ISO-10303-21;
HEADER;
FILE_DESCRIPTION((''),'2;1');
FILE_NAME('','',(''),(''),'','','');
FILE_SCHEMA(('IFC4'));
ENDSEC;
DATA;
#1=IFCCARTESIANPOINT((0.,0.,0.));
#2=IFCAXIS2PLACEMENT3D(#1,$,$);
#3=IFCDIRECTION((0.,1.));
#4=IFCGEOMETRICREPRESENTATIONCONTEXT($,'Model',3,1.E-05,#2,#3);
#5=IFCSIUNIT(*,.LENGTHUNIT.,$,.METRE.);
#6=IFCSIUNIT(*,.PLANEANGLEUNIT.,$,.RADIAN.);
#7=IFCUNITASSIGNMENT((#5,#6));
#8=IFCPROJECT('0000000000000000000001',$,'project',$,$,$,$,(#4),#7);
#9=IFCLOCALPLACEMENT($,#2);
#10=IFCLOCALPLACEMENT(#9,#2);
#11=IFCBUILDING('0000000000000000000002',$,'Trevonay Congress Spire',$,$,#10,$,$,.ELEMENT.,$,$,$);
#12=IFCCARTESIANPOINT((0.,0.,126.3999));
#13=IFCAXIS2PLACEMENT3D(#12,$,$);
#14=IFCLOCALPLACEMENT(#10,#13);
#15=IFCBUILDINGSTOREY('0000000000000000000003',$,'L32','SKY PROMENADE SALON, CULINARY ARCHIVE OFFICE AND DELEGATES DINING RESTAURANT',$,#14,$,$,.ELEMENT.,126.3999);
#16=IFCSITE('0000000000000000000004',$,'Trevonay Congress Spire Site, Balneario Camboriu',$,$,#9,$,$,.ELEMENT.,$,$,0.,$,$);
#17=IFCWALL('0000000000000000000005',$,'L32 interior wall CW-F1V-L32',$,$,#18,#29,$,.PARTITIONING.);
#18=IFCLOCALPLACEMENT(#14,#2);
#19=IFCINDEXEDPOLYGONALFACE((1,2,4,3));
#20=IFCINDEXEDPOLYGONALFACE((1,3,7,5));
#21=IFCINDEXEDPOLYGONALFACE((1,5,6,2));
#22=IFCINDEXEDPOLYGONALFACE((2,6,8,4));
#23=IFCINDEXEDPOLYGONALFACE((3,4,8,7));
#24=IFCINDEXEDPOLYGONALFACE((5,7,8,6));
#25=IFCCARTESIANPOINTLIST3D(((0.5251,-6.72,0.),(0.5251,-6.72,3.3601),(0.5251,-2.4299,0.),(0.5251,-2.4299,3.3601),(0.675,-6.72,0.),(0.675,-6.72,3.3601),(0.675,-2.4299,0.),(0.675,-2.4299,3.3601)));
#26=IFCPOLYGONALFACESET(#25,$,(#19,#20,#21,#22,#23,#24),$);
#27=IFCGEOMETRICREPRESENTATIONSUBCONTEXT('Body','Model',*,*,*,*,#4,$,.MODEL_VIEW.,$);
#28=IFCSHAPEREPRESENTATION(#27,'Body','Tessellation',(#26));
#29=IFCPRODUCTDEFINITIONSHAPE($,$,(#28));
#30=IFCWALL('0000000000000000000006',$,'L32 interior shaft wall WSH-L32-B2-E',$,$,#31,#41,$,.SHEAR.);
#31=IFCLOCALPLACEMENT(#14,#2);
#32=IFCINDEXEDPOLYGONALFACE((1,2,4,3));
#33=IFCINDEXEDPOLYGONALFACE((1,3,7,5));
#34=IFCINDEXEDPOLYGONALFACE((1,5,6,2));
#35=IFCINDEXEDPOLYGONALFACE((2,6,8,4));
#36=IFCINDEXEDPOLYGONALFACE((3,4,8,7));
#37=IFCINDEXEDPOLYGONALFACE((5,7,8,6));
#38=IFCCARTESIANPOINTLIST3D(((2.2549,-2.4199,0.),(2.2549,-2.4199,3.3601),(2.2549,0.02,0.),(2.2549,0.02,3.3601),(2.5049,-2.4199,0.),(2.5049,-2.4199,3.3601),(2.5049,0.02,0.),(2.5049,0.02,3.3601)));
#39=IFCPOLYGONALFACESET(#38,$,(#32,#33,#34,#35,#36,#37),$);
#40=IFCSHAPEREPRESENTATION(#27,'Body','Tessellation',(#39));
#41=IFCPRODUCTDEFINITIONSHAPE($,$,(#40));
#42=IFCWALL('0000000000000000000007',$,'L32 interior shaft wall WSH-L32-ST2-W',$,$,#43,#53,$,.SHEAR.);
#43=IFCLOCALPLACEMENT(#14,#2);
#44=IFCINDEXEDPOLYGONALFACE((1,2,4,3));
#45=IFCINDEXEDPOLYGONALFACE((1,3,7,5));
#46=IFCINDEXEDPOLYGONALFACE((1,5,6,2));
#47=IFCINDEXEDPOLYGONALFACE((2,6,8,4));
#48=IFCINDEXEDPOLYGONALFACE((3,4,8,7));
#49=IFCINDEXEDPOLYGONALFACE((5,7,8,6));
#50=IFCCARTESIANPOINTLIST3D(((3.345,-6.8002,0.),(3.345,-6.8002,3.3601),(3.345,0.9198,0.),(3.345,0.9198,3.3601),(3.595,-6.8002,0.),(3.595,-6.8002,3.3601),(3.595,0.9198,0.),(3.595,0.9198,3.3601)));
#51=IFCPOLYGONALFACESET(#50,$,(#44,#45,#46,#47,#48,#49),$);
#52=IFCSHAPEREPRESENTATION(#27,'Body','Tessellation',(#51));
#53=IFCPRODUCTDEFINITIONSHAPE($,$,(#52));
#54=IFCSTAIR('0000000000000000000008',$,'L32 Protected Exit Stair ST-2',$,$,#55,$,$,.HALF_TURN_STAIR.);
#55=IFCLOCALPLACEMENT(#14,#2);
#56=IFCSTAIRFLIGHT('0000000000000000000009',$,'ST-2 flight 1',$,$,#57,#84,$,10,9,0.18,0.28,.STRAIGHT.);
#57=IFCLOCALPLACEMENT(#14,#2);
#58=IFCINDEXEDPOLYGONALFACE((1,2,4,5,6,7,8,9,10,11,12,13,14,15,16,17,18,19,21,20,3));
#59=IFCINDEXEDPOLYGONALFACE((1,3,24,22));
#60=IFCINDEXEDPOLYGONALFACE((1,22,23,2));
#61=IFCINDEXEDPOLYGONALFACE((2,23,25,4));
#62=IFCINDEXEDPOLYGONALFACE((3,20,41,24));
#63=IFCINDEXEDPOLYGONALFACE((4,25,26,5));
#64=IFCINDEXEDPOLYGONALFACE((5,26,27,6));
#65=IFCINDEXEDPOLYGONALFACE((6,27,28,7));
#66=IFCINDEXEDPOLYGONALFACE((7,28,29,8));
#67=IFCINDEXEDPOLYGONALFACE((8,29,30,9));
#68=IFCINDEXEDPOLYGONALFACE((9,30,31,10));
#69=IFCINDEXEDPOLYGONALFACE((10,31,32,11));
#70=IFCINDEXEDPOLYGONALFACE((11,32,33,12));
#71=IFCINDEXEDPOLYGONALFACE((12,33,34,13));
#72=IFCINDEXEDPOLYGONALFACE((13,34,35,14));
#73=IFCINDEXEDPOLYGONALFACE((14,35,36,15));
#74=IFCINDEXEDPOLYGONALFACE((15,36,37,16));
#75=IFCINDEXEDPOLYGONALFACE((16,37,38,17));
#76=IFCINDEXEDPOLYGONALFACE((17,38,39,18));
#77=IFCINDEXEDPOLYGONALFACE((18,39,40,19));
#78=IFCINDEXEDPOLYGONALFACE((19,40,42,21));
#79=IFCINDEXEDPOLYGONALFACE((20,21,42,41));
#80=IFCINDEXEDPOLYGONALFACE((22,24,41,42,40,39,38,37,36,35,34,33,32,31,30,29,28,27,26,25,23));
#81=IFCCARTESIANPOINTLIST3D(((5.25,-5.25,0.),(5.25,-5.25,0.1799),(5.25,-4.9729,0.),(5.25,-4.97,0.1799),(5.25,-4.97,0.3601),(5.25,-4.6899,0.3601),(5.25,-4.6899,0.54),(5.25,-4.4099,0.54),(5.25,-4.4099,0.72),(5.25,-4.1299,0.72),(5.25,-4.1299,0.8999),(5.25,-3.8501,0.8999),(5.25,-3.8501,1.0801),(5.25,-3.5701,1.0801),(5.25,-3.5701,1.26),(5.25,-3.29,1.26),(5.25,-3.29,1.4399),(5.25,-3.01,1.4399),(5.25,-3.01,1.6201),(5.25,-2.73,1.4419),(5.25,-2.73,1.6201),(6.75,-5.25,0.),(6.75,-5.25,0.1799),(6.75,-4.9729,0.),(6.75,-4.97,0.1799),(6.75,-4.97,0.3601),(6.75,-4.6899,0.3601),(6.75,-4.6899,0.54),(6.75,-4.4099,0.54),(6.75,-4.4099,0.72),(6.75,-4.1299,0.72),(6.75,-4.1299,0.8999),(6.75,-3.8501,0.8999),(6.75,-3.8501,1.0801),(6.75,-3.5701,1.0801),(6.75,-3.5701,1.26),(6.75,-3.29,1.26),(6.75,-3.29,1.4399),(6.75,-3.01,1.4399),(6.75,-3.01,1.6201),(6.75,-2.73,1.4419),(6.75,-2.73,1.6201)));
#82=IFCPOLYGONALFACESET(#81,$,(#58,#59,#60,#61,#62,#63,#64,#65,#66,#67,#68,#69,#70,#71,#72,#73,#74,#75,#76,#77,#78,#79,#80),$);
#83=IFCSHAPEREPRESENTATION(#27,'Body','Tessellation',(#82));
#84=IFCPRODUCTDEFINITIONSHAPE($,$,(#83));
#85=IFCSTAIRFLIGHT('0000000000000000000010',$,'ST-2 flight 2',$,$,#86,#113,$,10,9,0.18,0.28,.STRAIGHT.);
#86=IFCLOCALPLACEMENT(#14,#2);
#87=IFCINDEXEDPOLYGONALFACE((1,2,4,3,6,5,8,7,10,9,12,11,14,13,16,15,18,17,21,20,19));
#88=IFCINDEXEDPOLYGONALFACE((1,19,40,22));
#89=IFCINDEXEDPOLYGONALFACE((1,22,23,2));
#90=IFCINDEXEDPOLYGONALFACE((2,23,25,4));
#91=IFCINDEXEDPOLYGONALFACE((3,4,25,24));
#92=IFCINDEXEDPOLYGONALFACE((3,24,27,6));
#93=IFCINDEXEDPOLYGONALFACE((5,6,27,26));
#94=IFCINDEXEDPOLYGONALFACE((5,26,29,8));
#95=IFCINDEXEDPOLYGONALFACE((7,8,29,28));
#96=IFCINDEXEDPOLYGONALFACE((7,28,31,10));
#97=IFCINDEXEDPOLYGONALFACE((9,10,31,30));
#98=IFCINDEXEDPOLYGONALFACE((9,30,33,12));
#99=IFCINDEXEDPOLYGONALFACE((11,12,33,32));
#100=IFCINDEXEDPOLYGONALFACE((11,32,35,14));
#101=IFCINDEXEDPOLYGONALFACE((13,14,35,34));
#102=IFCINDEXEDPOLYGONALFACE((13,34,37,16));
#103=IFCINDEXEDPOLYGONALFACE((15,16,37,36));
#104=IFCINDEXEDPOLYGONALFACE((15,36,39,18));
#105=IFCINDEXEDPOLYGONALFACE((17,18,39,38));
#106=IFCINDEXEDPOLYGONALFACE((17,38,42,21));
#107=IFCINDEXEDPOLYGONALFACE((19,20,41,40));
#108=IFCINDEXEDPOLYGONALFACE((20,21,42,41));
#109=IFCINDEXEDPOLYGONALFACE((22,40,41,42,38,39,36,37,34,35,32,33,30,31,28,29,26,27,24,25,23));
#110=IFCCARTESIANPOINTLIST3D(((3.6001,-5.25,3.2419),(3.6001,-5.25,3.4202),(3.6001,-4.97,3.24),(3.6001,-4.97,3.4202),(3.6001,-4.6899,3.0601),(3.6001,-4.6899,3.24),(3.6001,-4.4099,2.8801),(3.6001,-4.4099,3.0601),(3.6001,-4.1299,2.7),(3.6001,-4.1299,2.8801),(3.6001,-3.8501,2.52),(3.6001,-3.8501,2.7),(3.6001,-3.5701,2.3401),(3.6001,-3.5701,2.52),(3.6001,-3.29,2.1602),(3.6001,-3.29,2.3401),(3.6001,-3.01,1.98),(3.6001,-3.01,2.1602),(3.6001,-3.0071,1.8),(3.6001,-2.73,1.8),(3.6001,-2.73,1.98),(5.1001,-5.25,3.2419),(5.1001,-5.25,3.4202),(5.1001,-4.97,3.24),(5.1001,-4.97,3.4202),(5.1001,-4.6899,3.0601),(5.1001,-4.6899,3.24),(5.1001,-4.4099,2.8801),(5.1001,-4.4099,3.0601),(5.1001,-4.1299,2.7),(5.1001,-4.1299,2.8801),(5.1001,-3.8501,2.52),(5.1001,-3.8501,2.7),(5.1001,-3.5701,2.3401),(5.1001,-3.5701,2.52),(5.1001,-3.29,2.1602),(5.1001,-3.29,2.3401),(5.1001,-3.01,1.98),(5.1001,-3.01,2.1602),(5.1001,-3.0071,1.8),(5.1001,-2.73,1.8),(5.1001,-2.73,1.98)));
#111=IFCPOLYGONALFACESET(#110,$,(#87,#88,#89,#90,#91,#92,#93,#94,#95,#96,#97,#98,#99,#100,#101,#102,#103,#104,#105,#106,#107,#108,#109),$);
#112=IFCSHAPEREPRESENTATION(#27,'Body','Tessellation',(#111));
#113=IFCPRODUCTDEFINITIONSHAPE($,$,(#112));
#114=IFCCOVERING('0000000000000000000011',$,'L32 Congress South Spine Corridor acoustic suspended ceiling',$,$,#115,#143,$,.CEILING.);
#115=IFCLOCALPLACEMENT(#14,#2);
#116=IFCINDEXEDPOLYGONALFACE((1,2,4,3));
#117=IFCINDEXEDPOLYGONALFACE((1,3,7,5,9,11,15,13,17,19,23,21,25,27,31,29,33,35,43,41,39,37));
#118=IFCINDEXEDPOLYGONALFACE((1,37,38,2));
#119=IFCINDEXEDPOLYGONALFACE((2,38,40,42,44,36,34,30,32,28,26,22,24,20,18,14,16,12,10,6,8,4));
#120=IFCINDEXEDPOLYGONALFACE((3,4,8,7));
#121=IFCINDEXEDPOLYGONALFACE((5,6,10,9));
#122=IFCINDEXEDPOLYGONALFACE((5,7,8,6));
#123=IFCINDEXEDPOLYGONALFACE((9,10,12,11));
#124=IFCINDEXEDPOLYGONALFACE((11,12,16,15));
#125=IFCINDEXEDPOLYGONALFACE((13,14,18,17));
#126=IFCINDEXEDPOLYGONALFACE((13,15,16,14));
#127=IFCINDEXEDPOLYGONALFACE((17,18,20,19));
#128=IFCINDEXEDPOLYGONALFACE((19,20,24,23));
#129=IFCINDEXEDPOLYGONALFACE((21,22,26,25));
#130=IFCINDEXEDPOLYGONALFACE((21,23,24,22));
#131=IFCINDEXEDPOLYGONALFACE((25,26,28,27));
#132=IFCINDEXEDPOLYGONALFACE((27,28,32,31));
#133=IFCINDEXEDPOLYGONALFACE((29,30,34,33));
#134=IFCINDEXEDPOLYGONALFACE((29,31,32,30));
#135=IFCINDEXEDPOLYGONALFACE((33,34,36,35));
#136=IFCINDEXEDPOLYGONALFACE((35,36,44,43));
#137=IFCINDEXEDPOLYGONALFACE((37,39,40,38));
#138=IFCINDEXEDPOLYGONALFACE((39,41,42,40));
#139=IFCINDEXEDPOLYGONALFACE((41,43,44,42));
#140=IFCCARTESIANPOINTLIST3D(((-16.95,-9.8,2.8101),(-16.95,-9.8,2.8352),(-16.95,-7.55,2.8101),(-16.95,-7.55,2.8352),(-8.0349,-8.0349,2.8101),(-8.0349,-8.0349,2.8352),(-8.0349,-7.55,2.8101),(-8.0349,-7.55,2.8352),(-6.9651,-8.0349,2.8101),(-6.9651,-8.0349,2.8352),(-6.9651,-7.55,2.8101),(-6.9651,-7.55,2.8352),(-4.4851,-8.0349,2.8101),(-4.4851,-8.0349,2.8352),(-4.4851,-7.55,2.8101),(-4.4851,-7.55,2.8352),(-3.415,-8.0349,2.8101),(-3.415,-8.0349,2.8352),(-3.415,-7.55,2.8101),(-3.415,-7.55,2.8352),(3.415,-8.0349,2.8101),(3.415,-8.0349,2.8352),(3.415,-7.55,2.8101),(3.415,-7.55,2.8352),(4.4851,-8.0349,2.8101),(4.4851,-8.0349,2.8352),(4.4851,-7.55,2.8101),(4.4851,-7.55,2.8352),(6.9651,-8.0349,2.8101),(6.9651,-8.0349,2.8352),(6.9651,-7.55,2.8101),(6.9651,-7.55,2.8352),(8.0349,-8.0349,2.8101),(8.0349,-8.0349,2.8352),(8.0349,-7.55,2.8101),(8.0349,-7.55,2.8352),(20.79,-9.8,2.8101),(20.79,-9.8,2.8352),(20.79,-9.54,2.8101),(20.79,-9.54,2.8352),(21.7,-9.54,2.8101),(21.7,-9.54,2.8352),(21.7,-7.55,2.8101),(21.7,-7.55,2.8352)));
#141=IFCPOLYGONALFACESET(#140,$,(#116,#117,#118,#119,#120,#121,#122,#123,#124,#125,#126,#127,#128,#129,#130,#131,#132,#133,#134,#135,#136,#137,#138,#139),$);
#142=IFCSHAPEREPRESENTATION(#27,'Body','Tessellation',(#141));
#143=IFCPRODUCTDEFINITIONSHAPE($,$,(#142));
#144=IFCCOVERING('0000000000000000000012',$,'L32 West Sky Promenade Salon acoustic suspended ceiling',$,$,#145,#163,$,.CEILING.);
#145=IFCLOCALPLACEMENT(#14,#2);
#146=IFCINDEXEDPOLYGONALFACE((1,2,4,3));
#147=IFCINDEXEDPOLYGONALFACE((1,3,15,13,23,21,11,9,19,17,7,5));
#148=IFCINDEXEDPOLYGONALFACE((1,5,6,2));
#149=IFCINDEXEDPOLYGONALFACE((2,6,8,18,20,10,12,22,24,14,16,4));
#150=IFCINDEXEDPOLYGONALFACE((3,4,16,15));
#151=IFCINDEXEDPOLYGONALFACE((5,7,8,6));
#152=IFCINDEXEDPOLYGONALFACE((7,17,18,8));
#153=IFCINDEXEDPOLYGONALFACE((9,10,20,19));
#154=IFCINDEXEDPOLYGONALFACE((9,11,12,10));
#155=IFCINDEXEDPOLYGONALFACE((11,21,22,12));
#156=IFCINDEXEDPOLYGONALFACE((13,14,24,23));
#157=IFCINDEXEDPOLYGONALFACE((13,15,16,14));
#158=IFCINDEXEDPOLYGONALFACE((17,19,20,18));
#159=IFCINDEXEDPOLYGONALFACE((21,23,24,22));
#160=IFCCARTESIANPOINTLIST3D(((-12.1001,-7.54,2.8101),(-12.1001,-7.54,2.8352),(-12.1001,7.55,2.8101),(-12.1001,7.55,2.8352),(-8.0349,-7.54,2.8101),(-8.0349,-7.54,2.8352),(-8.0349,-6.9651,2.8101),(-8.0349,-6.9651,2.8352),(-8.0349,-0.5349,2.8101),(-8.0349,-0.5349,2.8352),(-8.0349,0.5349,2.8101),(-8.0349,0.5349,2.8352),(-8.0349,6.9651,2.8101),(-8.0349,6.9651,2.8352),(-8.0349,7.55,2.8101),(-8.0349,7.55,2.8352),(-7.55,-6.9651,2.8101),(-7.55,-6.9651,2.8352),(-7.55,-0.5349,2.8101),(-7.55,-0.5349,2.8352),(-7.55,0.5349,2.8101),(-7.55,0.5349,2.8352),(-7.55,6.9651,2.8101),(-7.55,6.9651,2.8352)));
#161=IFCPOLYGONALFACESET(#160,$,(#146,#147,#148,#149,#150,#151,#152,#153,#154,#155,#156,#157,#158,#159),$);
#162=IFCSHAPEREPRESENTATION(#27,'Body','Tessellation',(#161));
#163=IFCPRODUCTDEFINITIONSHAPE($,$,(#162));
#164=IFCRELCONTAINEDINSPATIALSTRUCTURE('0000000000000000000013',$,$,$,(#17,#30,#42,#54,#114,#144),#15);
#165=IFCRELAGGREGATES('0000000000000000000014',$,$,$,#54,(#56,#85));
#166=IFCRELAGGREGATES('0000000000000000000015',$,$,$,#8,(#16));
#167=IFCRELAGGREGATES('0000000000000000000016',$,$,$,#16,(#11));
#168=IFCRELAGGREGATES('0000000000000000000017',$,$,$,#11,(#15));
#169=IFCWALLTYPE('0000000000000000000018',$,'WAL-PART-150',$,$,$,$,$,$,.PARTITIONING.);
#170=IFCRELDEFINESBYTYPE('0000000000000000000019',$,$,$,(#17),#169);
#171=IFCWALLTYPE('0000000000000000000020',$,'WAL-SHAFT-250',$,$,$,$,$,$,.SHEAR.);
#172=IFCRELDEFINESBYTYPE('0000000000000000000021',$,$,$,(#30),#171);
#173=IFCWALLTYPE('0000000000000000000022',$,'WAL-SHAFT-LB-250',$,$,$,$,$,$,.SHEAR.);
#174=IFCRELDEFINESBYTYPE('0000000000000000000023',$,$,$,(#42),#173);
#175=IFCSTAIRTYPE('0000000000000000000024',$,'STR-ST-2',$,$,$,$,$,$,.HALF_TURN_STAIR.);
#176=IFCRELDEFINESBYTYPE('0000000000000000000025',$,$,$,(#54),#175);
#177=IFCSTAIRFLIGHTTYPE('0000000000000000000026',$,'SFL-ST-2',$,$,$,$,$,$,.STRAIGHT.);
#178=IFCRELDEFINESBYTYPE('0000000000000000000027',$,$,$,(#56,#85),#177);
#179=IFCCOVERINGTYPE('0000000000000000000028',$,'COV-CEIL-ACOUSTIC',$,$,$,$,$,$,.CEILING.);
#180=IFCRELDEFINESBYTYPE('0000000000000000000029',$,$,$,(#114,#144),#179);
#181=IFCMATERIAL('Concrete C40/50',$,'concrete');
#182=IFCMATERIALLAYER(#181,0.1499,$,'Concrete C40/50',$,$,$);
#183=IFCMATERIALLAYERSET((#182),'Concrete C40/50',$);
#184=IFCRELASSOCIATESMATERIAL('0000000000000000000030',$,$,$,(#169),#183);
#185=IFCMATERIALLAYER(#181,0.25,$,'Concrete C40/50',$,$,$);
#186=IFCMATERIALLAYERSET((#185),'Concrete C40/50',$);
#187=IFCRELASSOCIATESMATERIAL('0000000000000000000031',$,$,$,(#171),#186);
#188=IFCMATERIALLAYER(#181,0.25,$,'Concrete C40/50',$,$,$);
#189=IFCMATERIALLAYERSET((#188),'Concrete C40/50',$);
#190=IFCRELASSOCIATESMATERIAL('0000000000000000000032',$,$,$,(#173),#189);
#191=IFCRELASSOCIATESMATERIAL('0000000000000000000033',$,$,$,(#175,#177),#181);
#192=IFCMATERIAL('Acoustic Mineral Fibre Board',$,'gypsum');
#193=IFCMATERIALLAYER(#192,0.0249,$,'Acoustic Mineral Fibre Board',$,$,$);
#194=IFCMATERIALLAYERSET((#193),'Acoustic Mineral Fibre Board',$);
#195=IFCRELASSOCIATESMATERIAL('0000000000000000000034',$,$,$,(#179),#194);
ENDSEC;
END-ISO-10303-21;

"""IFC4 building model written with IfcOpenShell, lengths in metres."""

from ifc_helpers import new_model, si_unit, direction, frame, frame_2d, origin, place, context, subcontext, project, spatial, polyline, rectangle, outline, extrude, material, layer, layer_set, type_object, element, aggregate, save


model = new_model("IFC4")

# Units and contexts
model_context = context("Model", 3, precision=1e-05, world=origin(), true_north=direction((0.0, 1.0)))
body_context = subcontext(model_context, "Body", "Model", "MODEL_VIEW")
ifc_project = project(units=[si_unit("LENGTHUNIT", "METRE"), si_unit("PLANEANGLEUNIT", "RADIAN")], contexts=[model_context])

# Site, building, storey
site_placement = place(None, origin())
site = spatial("IfcSite", under=ifc_project, at=site_placement, Name="Trevonay Congress Spire Site, Balneario Camboriu", CompositionType="ELEMENT", RefElevation=0.0)
building_placement = place(site_placement, origin())
building = spatial("IfcBuilding", under=site, at=building_placement, Name="Trevonay Congress Spire", CompositionType="ELEMENT")
storey_placement = place(building_placement, frame((0.0, 0.0, 126.3999)))
storey = spatial("IfcBuildingStorey", under=building, at=storey_placement, Name="L32", Description="SKY PROMENADE SALON, CULINARY ARCHIVE OFFICE AND DELEGATES DINING RESTAURANT", CompositionType="ELEMENT", Elevation=126.3999)

# Shared definitions
ifc_material_1 = material(Name="Concrete C40/50", Category="concrete")

# Walls
ifc_layer_1 = layer(ifc_material_1, 0.1499, Name="Concrete C40/50")
ifc_layer_set_1 = layer_set([ifc_layer_1], Name="Concrete C40/50")
wall_type_1 = type_object("IfcWallType", Name="WAL-PART-150", PredefinedType="PARTITIONING", material=ifc_layer_set_1)
wall_1_placement = place(storey_placement, frame((0.6001, -6.72, 0.0), z_axis=(0.0, 0.0, 1.0), x_axis=(0.0, 1.0, 0.0)))
element("IfcWall", 1, at=wall_1_placement, inside=storey, type_object=wall_type_1, Name="L32 interior wall CW-F1V-L32", PredefinedType="PARTITIONING", context=body_context, shape_type="SweptSolid", body=[
    extrude(rectangle(XDim=4.29, YDim=0.1499, at=frame_2d((2.145, 0.0))), origin(), (0.0, 0.0, 1.0), 3.3601),
])
ifc_layer_2 = layer(ifc_material_1, 0.25, Name="Concrete C40/50")
ifc_layer_set_2 = layer_set([ifc_layer_2], Name="Concrete C40/50")
wall_type_2 = type_object("IfcWallType", Name="WAL-SHAFT-250", PredefinedType="SHEAR", material=ifc_layer_set_2)
wall_2_placement = place(storey_placement, frame((2.3799, -2.4199, 0.0), z_axis=(0.0, 0.0, 1.0), x_axis=(0.0, 1.0, 0.0)))
element("IfcWall", 2, at=wall_2_placement, inside=storey, type_object=wall_type_2, Name="L32 interior shaft wall WSH-L32-B2-E", PredefinedType="SHEAR", context=body_context, shape_type="SweptSolid", body=[
    extrude(rectangle(XDim=2.4399, YDim=0.25, at=frame_2d((1.22, 0.0))), origin(), (0.0, 0.0, 1.0), 3.3601),
])
ifc_layer_3 = layer(ifc_material_1, 0.25, Name="Concrete C40/50")
ifc_layer_set_3 = layer_set([ifc_layer_3], Name="Concrete C40/50")
wall_type_3 = type_object("IfcWallType", Name="WAL-SHAFT-LB-250", PredefinedType="SHEAR", material=ifc_layer_set_3)
wall_3_placement = place(storey_placement, frame((3.47, -6.8, 0.0), z_axis=(0.0, 0.0, 1.0), x_axis=(0.0, 1.0, 0.0)))
element("IfcWall", 3, at=wall_3_placement, inside=storey, type_object=wall_type_3, Name="L32 interior shaft wall WSH-L32-ST2-W", PredefinedType="SHEAR", context=body_context, shape_type="SweptSolid", body=[
    extrude(rectangle(XDim=7.72, YDim=0.25, at=frame_2d((3.8599, 0.0))), origin(), (0.0, 0.0, 1.0), 3.3601),
])

# Stair, stair flights
stair_type = type_object("IfcStairType", Name="STR-ST-2", PredefinedType="HALF_TURN_STAIR", material=ifc_material_1)
stair_placement = place(storey_placement, origin())
stair = element("IfcStair", 4, at=stair_placement, inside=storey, type_object=stair_type, Name="L32 Protected Exit Stair ST-2", PredefinedType="HALF_TURN_STAIR")
stair_flight_type = type_object("IfcStairFlightType", Name="SFL-ST-2", PredefinedType="STRAIGHT", material=ifc_material_1)
stair_flight_1_placement = place(storey_placement, frame((6.0, -5.25, 0.0), z_axis=(0.0, 0.0, 1.0), x_axis=(0.0, 1.0, 0.0)))
stair_flight_1 = element("IfcStairFlight", 5, at=stair_flight_1_placement, type_object=stair_flight_type, Name="ST-2 flight 1", NumberOfRisers=10, NumberOfTreads=9, PredefinedType="STRAIGHT", RiserHeight=0.18, TreadLength=0.28, context=body_context, shape_type="SweptSolid", body=[
    extrude(outline(polyline([(0.0, 0.0), (0.0, 0.1799), (0.28, 0.1799), (0.28, 0.3601), (0.5601, 0.3601), (0.5601, 0.54), (0.8401, 0.54), (0.8401, 0.72), (1.1201, 0.72), (1.1201, 0.8999), (1.3999, 0.8999), (1.3999, 1.0801), (1.6799, 1.0801), (1.6799, 1.26), (1.96, 1.26), (1.96, 1.4399), (2.24, 1.4399), (2.24, 1.6201), (2.52, 1.6201), (2.52, 1.8), (2.52, 1.4419), (0.2771, 0.0), (0.0, 0.0)])), frame((0.0, 0.75, 0.0), z_axis=(0.0, -1.0, 0.0), x_axis=(1.0, 0.0, 0.0)), (0.0, 0.0, 1.0), 1.5),
])
stair_flight_2_placement = place(storey_placement, frame((4.3501, -2.73, 1.8), z_axis=(0.0, 0.0, 1.0), x_axis=(0.0, -1.0, 0.0)))
stair_flight_2 = element("IfcStairFlight", 6, at=stair_flight_2_placement, type_object=stair_flight_type, Name="ST-2 flight 2", NumberOfRisers=10, NumberOfTreads=9, PredefinedType="STRAIGHT", RiserHeight=0.18, TreadLength=0.28, context=body_context, shape_type="SweptSolid", body=[
    extrude(outline(polyline([(0.0, 0.0), (0.0, 0.1799), (0.28, 0.1799), (0.28, 0.3601), (0.5601, 0.3601), (0.5601, 0.54), (0.8401, 0.54), (0.8401, 0.72), (1.1201, 0.72), (1.1201, 0.8999), (1.3999, 0.8999), (1.3999, 1.0801), (1.6799, 1.0801), (1.6799, 1.26), (1.96, 1.26), (1.96, 1.4399), (2.24, 1.4399), (2.24, 1.6201), (2.52, 1.6201), (2.52, 1.8), (2.52, 1.4419), (0.2771, 0.0), (0.0, 0.0)])), frame((0.0, 0.75, 0.0), z_axis=(0.0, -1.0, 0.0), x_axis=(1.0, 0.0, 0.0)), (0.0, 0.0, 1.0), 1.5),
])
aggregate(stair, [stair_flight_1, stair_flight_2])

# Coverings
ifc_material_2 = material(Name="Acoustic Mineral Fibre Board", Category="gypsum")
ifc_layer_4 = layer(ifc_material_2, 0.0249, Name="Acoustic Mineral Fibre Board")
ifc_layer_set_4 = layer_set([ifc_layer_4], Name="Acoustic Mineral Fibre Board")
covering_type_1 = type_object("IfcCoveringType", Name="COV-CEIL-ACOUSTIC", PredefinedType="CEILING", material=ifc_layer_set_4)
covering_1_placement = place(storey_placement, frame((0.0, 0.0, 2.8101)))
element("IfcCovering", 7, at=covering_1_placement, inside=storey, type_object=covering_type_1, Name="L32 Congress South Spine Corridor acoustic suspended ceiling", PredefinedType="CEILING", context=body_context, shape_type="SweptSolid", body=[
    extrude(outline(polyline([(-16.95, -9.8), (-16.95, -7.55), (-8.0349, -7.55), (-8.0349, -8.0349), (-6.9651, -8.0349), (-6.9651, -7.55), (-4.4851, -7.55), (-4.4851, -8.0349), (-3.415, -8.0349), (-3.415, -7.55), (3.415, -7.55), (3.415, -8.0349), (4.4851, -8.0349), (4.4851, -7.55), (6.9651, -7.55), (6.9651, -8.0349), (8.0349, -8.0349), (8.0349, -7.55), (21.7, -7.55), (21.7, -9.54), (20.79, -9.54), (20.79, -9.8), (-16.95, -9.8)])), origin(), (0.0, 0.0, 1.0), 0.0251),
])
covering_2_placement = place(storey_placement, frame((0.0, 0.0, 2.8101)))
element("IfcCovering", 8, at=covering_2_placement, inside=storey, type_object=covering_type_1, Name="L32 West Sky Promenade Salon acoustic suspended ceiling", PredefinedType="CEILING", context=body_context, shape_type="SweptSolid", body=[
    extrude(outline(polyline([(-12.1001, 7.55), (-8.0349, 7.55), (-8.0349, 6.9651), (-7.55, 6.9651), (-7.55, 0.5349), (-8.0349, 0.5349), (-8.0349, -0.5349), (-7.55, -0.5349), (-7.55, -6.9651), (-8.0349, -6.9651), (-8.0349, -7.54), (-12.1001, -7.54), (-12.1001, 7.55)])), origin(), (0.0, 0.0, 1.0), 0.0251),
])

save(model, "model.ifc")
